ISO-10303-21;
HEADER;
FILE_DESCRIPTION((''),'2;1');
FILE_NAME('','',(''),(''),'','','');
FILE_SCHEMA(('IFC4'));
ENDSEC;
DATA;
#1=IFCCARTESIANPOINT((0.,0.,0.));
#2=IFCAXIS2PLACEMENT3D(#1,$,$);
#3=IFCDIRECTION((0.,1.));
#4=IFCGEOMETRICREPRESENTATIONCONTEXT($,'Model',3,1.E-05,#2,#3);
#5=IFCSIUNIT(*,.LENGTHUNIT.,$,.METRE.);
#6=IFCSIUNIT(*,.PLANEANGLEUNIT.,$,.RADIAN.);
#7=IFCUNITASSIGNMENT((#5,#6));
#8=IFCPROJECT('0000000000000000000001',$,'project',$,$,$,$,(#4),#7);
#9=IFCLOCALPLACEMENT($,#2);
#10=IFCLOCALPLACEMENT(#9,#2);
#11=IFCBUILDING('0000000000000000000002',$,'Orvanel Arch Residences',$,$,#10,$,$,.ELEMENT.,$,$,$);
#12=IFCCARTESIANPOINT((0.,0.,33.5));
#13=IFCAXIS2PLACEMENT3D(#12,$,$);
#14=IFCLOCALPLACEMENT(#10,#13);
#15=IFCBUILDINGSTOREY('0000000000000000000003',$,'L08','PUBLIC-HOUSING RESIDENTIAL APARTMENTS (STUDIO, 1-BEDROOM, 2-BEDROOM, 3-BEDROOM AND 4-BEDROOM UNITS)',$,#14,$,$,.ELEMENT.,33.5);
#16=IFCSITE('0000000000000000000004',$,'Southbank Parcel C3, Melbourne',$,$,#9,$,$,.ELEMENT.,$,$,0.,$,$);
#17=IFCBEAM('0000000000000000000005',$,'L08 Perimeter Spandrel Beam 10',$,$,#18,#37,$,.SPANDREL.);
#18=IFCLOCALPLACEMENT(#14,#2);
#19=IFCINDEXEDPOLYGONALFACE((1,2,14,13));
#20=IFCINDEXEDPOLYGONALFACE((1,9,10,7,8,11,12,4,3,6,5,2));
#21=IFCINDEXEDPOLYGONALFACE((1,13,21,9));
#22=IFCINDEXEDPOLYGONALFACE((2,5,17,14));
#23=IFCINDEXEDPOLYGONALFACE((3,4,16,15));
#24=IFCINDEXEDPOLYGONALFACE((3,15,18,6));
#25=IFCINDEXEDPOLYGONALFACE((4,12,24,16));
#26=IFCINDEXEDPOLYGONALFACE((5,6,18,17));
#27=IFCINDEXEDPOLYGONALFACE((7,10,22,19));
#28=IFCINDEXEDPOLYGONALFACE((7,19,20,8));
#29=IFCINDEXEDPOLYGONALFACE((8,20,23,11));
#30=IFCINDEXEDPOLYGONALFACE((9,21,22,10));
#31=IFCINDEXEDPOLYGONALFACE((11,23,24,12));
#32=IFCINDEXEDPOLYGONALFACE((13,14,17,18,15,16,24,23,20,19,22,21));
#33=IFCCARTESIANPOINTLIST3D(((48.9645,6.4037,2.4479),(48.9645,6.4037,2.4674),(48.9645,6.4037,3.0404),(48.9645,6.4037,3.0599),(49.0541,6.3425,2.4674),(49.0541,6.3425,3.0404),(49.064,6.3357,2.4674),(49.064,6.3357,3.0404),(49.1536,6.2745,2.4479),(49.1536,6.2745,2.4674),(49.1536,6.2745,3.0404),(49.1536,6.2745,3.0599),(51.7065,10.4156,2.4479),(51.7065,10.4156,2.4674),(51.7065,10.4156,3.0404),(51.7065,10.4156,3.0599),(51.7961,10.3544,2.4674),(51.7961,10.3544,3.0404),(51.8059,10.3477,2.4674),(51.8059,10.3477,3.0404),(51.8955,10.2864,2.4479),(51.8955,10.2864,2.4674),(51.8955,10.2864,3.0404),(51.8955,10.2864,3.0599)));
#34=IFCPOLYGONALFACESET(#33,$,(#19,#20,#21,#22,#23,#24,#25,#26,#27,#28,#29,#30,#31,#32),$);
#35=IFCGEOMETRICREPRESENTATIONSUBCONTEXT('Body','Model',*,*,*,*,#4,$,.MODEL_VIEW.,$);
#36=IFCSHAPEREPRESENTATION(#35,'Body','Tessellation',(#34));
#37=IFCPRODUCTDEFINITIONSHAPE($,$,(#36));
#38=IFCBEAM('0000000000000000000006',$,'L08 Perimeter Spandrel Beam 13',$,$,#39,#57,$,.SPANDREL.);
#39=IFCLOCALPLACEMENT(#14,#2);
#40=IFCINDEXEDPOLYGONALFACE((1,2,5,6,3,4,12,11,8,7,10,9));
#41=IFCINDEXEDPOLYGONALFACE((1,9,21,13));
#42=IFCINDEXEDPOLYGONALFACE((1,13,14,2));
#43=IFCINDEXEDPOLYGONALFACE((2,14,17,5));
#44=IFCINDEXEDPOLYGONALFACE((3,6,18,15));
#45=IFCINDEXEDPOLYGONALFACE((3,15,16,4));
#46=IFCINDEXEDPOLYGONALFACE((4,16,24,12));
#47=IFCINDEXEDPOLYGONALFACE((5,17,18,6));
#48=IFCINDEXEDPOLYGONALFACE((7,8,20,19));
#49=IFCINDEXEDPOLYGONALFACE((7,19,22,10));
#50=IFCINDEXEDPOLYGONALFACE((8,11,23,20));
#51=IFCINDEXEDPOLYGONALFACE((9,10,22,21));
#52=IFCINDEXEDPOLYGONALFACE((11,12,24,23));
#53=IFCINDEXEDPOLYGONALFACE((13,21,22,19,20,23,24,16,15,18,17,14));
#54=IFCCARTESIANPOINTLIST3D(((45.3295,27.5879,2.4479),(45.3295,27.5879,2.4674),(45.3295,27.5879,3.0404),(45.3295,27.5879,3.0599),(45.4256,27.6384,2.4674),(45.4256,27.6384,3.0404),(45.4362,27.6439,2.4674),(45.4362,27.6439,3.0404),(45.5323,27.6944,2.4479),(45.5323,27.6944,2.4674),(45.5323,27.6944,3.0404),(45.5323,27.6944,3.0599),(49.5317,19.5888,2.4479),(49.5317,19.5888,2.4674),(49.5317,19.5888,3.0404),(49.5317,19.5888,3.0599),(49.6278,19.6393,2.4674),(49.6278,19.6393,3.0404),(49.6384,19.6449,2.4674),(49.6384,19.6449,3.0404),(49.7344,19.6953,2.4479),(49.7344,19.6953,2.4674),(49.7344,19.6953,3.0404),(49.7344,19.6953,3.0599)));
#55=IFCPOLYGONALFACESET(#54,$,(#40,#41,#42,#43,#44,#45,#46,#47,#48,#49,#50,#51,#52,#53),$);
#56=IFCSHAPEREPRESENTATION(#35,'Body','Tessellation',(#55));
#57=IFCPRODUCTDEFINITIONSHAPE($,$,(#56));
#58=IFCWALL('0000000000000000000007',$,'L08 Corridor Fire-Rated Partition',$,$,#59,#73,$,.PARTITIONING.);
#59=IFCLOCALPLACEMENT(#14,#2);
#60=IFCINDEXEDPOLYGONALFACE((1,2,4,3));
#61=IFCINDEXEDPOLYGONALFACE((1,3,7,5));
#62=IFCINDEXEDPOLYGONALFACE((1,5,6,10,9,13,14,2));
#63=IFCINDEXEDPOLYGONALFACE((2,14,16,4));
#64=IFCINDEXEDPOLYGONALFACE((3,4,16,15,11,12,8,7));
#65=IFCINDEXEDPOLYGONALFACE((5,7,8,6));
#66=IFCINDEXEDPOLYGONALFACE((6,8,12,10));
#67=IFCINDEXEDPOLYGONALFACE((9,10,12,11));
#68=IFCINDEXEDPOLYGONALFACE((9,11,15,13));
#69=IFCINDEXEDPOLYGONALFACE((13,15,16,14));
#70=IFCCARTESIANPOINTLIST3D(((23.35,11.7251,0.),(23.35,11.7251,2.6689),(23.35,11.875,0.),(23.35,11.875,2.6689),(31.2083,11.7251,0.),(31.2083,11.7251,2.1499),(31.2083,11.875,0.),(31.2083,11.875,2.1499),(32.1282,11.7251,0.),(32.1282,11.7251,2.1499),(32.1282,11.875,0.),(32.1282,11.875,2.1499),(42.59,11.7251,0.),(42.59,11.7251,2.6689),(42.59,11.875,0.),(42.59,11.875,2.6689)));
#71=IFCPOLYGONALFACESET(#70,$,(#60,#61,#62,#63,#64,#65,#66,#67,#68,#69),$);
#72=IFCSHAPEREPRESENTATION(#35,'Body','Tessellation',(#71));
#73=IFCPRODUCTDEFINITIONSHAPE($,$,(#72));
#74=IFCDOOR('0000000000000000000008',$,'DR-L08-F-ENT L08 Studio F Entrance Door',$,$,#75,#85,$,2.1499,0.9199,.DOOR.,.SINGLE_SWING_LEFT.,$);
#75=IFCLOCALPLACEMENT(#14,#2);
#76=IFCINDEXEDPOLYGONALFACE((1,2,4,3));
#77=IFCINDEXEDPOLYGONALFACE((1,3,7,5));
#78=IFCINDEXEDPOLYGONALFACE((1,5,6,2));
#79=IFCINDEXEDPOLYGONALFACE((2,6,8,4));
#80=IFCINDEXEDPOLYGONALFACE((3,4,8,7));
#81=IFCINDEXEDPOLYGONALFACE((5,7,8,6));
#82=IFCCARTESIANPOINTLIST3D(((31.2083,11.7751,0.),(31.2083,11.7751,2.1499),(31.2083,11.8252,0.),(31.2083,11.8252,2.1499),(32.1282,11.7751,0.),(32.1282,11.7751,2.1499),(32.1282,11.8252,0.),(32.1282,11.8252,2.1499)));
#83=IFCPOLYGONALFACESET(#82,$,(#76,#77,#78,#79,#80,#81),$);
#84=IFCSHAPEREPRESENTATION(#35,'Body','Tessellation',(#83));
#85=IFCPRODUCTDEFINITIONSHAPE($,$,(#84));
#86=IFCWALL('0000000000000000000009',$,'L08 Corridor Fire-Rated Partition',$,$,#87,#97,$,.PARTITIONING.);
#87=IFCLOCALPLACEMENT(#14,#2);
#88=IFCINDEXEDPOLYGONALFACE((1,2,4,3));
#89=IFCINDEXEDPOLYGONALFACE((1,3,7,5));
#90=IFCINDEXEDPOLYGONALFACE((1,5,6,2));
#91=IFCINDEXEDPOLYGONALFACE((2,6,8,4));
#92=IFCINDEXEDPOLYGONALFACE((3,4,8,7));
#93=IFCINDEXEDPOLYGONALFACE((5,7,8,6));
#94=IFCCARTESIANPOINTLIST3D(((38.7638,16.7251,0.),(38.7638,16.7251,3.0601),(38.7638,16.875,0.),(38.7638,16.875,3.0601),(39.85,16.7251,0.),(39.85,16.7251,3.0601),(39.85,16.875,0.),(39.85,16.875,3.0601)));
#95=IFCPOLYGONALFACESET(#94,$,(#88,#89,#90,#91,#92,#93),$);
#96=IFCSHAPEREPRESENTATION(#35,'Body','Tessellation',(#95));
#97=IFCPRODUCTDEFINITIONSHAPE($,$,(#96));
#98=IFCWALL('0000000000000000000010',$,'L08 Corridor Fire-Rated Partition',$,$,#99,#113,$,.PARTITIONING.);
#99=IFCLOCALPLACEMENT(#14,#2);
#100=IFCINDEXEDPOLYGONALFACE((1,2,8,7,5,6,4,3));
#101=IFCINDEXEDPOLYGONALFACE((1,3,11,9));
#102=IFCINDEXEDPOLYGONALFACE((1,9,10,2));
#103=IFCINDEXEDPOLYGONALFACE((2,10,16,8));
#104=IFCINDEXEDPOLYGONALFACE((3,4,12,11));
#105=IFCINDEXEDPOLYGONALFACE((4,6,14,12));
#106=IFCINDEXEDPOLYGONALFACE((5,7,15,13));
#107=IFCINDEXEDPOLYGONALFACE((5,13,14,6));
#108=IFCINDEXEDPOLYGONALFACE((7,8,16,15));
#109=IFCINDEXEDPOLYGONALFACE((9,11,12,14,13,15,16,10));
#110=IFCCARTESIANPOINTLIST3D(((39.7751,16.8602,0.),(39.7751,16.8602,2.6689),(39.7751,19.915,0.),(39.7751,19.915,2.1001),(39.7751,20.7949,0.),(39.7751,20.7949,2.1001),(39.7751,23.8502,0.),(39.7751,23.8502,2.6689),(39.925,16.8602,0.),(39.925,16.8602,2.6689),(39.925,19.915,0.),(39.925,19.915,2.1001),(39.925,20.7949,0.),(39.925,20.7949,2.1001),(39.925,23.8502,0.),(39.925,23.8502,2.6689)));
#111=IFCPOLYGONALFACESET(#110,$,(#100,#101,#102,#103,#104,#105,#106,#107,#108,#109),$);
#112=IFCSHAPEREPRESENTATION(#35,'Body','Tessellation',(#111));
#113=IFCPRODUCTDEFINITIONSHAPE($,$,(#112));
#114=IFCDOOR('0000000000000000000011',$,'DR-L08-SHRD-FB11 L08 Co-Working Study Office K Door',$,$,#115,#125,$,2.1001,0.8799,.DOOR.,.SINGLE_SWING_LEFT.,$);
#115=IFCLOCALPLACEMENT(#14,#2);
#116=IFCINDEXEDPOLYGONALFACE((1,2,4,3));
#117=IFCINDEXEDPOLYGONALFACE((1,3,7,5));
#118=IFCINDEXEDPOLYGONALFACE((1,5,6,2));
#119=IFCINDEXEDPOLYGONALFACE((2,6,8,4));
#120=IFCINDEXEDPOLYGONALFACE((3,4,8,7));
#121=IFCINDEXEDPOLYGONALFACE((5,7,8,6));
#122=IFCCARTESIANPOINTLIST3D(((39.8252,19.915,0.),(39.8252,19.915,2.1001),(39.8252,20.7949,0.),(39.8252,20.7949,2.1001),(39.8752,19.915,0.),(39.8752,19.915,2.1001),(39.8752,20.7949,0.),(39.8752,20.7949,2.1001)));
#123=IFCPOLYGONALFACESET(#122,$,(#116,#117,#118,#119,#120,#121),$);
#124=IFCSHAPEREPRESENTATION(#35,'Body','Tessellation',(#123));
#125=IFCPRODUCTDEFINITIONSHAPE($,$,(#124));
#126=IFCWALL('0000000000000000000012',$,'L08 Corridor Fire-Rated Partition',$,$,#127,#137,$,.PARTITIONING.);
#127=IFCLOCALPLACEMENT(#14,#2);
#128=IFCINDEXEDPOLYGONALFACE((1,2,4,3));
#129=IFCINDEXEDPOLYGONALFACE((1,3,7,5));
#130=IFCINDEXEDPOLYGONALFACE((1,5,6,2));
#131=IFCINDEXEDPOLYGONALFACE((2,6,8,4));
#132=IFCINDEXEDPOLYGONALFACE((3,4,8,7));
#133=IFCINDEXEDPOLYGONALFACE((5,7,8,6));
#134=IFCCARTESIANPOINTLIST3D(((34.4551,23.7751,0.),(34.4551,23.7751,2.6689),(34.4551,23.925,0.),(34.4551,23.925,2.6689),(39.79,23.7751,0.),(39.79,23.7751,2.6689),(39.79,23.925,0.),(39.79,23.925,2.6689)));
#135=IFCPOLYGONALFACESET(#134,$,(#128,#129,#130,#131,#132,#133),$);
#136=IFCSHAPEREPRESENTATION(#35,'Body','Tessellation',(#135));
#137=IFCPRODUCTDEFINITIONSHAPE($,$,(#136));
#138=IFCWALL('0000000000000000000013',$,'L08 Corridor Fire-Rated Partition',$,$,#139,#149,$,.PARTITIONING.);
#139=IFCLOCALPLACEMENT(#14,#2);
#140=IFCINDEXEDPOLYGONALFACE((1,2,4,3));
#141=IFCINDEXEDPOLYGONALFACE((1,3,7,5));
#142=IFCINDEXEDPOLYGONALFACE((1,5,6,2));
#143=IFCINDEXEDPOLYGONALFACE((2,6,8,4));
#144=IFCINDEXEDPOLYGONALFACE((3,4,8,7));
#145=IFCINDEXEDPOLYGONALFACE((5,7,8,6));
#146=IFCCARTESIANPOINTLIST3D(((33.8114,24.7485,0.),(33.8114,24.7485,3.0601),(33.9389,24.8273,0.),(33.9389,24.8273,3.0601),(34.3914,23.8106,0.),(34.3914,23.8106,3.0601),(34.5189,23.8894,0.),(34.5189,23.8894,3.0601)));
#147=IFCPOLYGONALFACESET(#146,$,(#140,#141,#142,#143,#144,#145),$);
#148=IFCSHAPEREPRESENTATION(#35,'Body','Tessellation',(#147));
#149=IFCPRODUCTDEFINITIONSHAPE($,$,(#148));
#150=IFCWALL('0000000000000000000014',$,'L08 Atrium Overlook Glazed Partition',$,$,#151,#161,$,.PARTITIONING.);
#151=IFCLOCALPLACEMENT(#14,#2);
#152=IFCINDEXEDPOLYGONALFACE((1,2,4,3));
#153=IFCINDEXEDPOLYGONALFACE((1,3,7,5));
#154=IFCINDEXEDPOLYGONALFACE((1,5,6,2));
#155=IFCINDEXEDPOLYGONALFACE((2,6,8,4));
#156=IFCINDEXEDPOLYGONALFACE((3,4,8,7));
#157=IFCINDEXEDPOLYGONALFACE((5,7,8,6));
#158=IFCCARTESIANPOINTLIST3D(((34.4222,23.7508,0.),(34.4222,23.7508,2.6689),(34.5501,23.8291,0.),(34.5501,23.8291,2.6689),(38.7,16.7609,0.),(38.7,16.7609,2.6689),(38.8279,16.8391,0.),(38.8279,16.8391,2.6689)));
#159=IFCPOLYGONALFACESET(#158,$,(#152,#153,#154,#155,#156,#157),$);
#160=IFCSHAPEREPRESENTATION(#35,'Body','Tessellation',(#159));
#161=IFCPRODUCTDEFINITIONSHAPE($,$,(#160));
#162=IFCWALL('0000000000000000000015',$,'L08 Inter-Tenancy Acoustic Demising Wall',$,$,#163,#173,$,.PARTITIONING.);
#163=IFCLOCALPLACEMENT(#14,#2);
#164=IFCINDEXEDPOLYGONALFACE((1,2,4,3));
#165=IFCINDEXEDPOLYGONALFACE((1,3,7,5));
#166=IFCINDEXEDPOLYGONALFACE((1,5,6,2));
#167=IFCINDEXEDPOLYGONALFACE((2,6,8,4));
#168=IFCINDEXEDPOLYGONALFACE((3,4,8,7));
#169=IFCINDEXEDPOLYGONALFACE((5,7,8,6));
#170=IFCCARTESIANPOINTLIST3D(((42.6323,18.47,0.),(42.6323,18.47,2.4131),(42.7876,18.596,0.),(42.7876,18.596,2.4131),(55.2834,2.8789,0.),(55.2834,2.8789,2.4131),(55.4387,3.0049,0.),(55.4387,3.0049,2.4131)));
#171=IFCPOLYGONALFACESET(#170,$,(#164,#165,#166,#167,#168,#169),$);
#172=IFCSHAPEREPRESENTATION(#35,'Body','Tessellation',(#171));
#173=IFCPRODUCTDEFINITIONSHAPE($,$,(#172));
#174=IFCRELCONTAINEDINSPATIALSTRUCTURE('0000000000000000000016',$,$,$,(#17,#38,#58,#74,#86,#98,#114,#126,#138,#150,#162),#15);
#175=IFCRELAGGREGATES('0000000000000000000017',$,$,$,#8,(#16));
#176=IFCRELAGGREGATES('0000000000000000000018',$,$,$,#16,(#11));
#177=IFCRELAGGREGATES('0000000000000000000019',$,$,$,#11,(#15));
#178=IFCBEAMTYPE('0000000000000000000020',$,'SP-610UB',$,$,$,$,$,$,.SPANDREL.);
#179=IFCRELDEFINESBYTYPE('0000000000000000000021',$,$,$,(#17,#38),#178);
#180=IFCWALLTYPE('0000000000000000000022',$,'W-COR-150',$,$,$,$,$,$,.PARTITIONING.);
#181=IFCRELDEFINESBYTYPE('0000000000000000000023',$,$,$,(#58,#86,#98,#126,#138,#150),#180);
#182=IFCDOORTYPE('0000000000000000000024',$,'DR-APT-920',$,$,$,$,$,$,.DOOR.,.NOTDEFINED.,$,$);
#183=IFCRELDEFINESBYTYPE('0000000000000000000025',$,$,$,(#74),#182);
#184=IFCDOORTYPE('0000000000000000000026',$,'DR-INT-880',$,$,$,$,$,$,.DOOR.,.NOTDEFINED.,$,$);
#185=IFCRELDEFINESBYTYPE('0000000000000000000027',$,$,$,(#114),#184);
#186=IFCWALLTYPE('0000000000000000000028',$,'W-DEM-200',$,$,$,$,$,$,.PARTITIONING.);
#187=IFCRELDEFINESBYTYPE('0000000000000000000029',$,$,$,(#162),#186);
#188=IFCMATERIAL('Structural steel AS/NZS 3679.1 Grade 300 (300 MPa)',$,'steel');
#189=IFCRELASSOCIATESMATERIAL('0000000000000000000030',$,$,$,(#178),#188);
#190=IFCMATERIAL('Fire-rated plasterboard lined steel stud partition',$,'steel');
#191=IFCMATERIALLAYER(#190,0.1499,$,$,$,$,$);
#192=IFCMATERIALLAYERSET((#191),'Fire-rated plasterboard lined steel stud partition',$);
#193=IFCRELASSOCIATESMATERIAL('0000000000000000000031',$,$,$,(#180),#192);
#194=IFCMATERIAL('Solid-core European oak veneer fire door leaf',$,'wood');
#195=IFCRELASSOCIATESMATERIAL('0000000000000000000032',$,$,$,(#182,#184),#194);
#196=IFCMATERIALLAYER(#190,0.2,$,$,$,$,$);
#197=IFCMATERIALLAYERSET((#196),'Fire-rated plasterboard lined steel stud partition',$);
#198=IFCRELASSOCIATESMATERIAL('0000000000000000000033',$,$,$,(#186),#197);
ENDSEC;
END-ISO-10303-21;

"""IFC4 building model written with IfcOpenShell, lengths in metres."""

from ifc_helpers import new_model, si_unit, direction, frame, frame_2d, origin, origin_2d, place, context, subcontext, project, spatial, rectangle, i_section, extrude, material, layer, layer_set, material_profile, profile_set, type_object, element, fill, save


model = new_model("IFC4")

# Units and contexts
model_context = context("Model", 3, precision=1e-05, world=origin(), true_north=direction((0.0, 1.0)))
body_context = subcontext(model_context, "Body", "Model", "MODEL_VIEW")
ifc_project = project(units=[si_unit("LENGTHUNIT", "METRE"), si_unit("PLANEANGLEUNIT", "RADIAN")], contexts=[model_context])

# Site, building, storey
site_placement = place(None, origin())
site = spatial("IfcSite", under=ifc_project, at=site_placement, Name="Southbank Parcel C3, Melbourne", CompositionType="ELEMENT", RefElevation=0.0)
building_placement = place(site_placement, origin())
building = spatial("IfcBuilding", under=site, at=building_placement, Name="Orvanel Arch Residences", CompositionType="ELEMENT")
storey_placement = place(building_placement, frame((0.0, 0.0, 33.5)))
storey = spatial("IfcBuildingStorey", under=building, at=storey_placement, Name="L08", Description="PUBLIC-HOUSING RESIDENTIAL APARTMENTS (STUDIO, 1-BEDROOM, 2-BEDROOM, 3-BEDROOM AND 4-BEDROOM UNITS)", CompositionType="ELEMENT", Elevation=33.5)

# Beams
ifc_material_1 = material(Name="Structural steel AS/NZS 3679.1 Grade 300 (300 MPa)", Category="steel")
ifc_material_profile_1 = material_profile(ifc_material_1, i_section(OverallWidth=0.229, OverallDepth=0.6121, WebThickness=0.012, FlangeThickness=0.0195, at=origin_2d()), Name="610UB125")
ifc_profile_set_1 = profile_set([ifc_material_profile_1], Name="Structural steel AS/NZS 3679.1 Grade 300 (300 MPa)")
beam_type = type_object("IfcBeamType", Name="SP-610UB", PredefinedType="SPANDREL", material=ifc_profile_set_1)
beam_1_placement = place(storey_placement, frame((49.0591, 6.3391, 2.7539), z_axis=(0.564252, 0.825603, 0.0), x_axis=(-0.825603, 0.564252, 0.0)))
element("IfcBeam", 1, at=beam_1_placement, inside=storey, type_object=beam_type, Name="L08 Perimeter Spandrel Beam 10", PredefinedType="SPANDREL", context=body_context, shape_type="SweptSolid", body=[
    extrude(i_section(OverallWidth=0.229, OverallDepth=0.6121, WebThickness=0.012, FlangeThickness=0.0195, at=origin_2d()), origin(), (0.0, 0.0, 1.0), 4.8594),
])
beam_2_placement = place(storey_placement, frame((49.6331, 19.6421, 2.7539), z_axis=(-0.465065, 0.885277, 0.0), x_axis=(-0.885277, -0.465065, 0.0)))
element("IfcBeam", 2, at=beam_2_placement, inside=storey, type_object=beam_type, Name="L08 Perimeter Spandrel Beam 13", PredefinedType="SPANDREL", context=body_context, shape_type="SweptSolid", body=[
    extrude(i_section(OverallWidth=0.229, OverallDepth=0.6121, WebThickness=0.012, FlangeThickness=0.0195, at=origin_2d()), origin(), (0.0, 0.0, 1.0), 9.0356),
])

# Wall, opening, door
ifc_material_2 = material(Name="Fire-rated plasterboard lined steel stud partition", Category="steel")
ifc_layer_1 = layer(ifc_material_2, 0.1499)
ifc_layer_set_1 = layer_set([ifc_layer_1], Name="Fire-rated plasterboard lined steel stud partition")
wall_type_1 = type_object("IfcWallType", Name="W-COR-150", PredefinedType="PARTITIONING", material=ifc_layer_set_1)
wall_1_placement = place(storey_placement, frame((42.5901, 11.8, 0.0), z_axis=(0.0, 0.0, 1.0), x_axis=(-1.0, 0.0, 0.0)))
wall_1 = element("IfcWall", 3, at=wall_1_placement, inside=storey, type_object=wall_type_1, Name="L08 Corridor Fire-Rated Partition", PredefinedType="PARTITIONING", context=body_context, shape_type="SweptSolid", body=[
    extrude(rectangle(XDim=19.24, YDim=0.1499, at=frame_2d((9.6201, 0.0))), origin(), (0.0, 0.0, 1.0), 2.6689),
])
opening_1_placement = place(wall_1_placement, frame((10.4619, 0.0, 0.0)))
opening_1 = element("IfcOpeningElement", 4, at=opening_1_placement, cuts=wall_1, PredefinedType="OPENING", context=body_context, shape_type="SweptSolid", body=[
    extrude(rectangle(XDim=0.9199, YDim=2.1499, at=frame_2d((0.46, 1.075))), frame((0.0, 0.085, 0.0), z_axis=(0.0, -1.0, 0.0), x_axis=(1.0, 0.0, 0.0)), (0.0, 0.0, 1.0), 0.1699),
])
ifc_material_3 = material(Name="Solid-core European oak veneer fire door leaf", Category="wood")
door_type_1 = type_object("IfcDoorType", Name="DR-APT-920", OperationType="NOTDEFINED", PredefinedType="DOOR", material=ifc_material_3)
door_1_placement = place(opening_1_placement, origin())
door_1 = element("IfcDoor", 5, at=door_1_placement, inside=storey, type_object=door_type_1, Name="DR-L08-F-ENT L08 Studio F Entrance Door", OperationType="SINGLE_SWING_LEFT", OverallHeight=2.1499, OverallWidth=0.9199, PredefinedType="DOOR", context=body_context, shape_type="SweptSolid", body=[
    extrude(rectangle(XDim=0.9199, YDim=2.1499, at=frame_2d((0.46, 1.075))), frame((0.0, 0.0249, 0.0), z_axis=(0.0, -1.0, 0.0), x_axis=(1.0, 0.0, 0.0)), (0.0, 0.0, 1.0), 0.05),
])
fill(opening_1, door_1)

# Wall
wall_2_placement = place(storey_placement, frame((38.7639, 16.8, 0.0), z_axis=(0.0, 0.0, 1.0), x_axis=(1.0, 0.0, 0.0)))
element("IfcWall", 6, at=wall_2_placement, inside=storey, type_object=wall_type_1, Name="L08 Corridor Fire-Rated Partition", PredefinedType="PARTITIONING", context=body_context, shape_type="SweptSolid", body=[
    extrude(rectangle(XDim=1.0862, YDim=0.1499, at=frame_2d((0.543, 0.0))), origin(), (0.0, 0.0, 1.0), 3.0601),
])

# Wall, opening, door
wall_3_placement = place(storey_placement, frame((39.8501, 16.8601, 0.0), z_axis=(0.0, 0.0, 1.0), x_axis=(0.0, 1.0, 0.0)))
wall_3 = element("IfcWall", 7, at=wall_3_placement, inside=storey, type_object=wall_type_1, Name="L08 Corridor Fire-Rated Partition", PredefinedType="PARTITIONING", context=body_context, shape_type="SweptSolid", body=[
    extrude(rectangle(XDim=6.99, YDim=0.1499, at=frame_2d((3.4951, 0.0))), origin(), (0.0, 0.0, 1.0), 2.6689),
])
opening_2_placement = place(wall_3_placement, frame((3.0549, 0.0, 0.0)))
opening_2 = element("IfcOpeningElement", 8, at=opening_2_placement, cuts=wall_3, PredefinedType="OPENING", context=body_context, shape_type="SweptSolid", body=[
    extrude(rectangle(XDim=0.8799, YDim=2.1001, at=frame_2d((0.4399, 1.05))), frame((0.0, 0.085, 0.0), z_axis=(0.0, -1.0, 0.0), x_axis=(1.0, 0.0, 0.0)), (0.0, 0.0, 1.0), 0.1699),
])
door_type_2 = type_object("IfcDoorType", Name="DR-INT-880", OperationType="NOTDEFINED", PredefinedType="DOOR", material=ifc_material_3)
door_2_placement = place(opening_2_placement, origin())
door_2 = element("IfcDoor", 9, at=door_2_placement, inside=storey, type_object=door_type_2, Name="DR-L08-SHRD-FB11 L08 Co-Working Study Office K Door", OperationType="SINGLE_SWING_LEFT", OverallHeight=2.1001, OverallWidth=0.8799, PredefinedType="DOOR", context=body_context, shape_type="SweptSolid", body=[
    extrude(rectangle(XDim=0.8799, YDim=2.1001, at=frame_2d((0.4399, 1.05))), frame((0.0, 0.0249, 0.0), z_axis=(0.0, -1.0, 0.0), x_axis=(1.0, 0.0, 0.0)), (0.0, 0.0, 1.0), 0.05),
])
fill(opening_2, door_2)

# Walls
wall_4_placement = place(storey_placement, frame((39.79, 23.8501, 0.0), z_axis=(0.0, 0.0, 1.0), x_axis=(-1.0, 0.0, 0.0)))
element("IfcWall", 10, at=wall_4_placement, inside=storey, type_object=wall_type_1, Name="L08 Corridor Fire-Rated Partition", PredefinedType="PARTITIONING", context=body_context, shape_type="SweptSolid", body=[
    extrude(rectangle(XDim=5.335, YDim=0.1499, at=frame_2d((2.6675, 0.0))), origin(), (0.0, 0.0, 1.0), 2.6689),
])
wall_5_placement = place(storey_placement, frame((34.4551, 23.8501, 0.0), z_axis=(0.0, 0.0, 1.0), x_axis=(-0.525974, 0.850501, 0.0)))
element("IfcWall", 11, at=wall_5_placement, inside=storey, type_object=wall_type_1, Name="L08 Corridor Fire-Rated Partition", PredefinedType="PARTITIONING", context=body_context, shape_type="SweptSolid", body=[
    extrude(rectangle(XDim=1.1028, YDim=0.1499, at=frame_2d((0.5513, 0.0))), origin(), (0.0, 0.0, 1.0), 3.0601),
])
wall_6_placement = place(storey_placement, frame((34.4861, 23.79, 0.0), z_axis=(0.0, 0.0, 1.0), x_axis=(0.521998, -0.852947, 0.0)))
element("IfcWall", 12, at=wall_6_placement, inside=storey, type_object=wall_type_1, Name="L08 Atrium Overlook Glazed Partition", PredefinedType="PARTITIONING", context=body_context, shape_type="SweptSolid", body=[
    extrude(rectangle(XDim=8.1951, YDim=0.1499, at=frame_2d((4.0977, 0.0))), origin(), (0.0, 0.0, 1.0), 2.6689),
])
ifc_layer_2 = layer(ifc_material_2, 0.2)
ifc_layer_set_2 = layer_set([ifc_layer_2], Name="Fire-rated plasterboard lined steel stud partition")
wall_type_2 = type_object("IfcWallType", Name="W-DEM-200", PredefinedType="PARTITIONING", material=ifc_layer_set_2)
wall_7_placement = place(storey_placement, frame((42.71, 18.533, 0.0), z_axis=(0.0, 0.0, 1.0), x_axis=(0.630094, -0.776519, 0.0)))
element("IfcWall", 13, at=wall_7_placement, inside=storey, type_object=wall_type_2, Name="L08 Inter-Tenancy Acoustic Demising Wall", PredefinedType="PARTITIONING", context=body_context, shape_type="SweptSolid", body=[
    extrude(rectangle(XDim=20.0781, YDim=0.2, at=frame_2d((10.0391, 0.0))), origin(), (0.0, 0.0, 1.0), 2.4131),
])

save(model, "model.ifc")
